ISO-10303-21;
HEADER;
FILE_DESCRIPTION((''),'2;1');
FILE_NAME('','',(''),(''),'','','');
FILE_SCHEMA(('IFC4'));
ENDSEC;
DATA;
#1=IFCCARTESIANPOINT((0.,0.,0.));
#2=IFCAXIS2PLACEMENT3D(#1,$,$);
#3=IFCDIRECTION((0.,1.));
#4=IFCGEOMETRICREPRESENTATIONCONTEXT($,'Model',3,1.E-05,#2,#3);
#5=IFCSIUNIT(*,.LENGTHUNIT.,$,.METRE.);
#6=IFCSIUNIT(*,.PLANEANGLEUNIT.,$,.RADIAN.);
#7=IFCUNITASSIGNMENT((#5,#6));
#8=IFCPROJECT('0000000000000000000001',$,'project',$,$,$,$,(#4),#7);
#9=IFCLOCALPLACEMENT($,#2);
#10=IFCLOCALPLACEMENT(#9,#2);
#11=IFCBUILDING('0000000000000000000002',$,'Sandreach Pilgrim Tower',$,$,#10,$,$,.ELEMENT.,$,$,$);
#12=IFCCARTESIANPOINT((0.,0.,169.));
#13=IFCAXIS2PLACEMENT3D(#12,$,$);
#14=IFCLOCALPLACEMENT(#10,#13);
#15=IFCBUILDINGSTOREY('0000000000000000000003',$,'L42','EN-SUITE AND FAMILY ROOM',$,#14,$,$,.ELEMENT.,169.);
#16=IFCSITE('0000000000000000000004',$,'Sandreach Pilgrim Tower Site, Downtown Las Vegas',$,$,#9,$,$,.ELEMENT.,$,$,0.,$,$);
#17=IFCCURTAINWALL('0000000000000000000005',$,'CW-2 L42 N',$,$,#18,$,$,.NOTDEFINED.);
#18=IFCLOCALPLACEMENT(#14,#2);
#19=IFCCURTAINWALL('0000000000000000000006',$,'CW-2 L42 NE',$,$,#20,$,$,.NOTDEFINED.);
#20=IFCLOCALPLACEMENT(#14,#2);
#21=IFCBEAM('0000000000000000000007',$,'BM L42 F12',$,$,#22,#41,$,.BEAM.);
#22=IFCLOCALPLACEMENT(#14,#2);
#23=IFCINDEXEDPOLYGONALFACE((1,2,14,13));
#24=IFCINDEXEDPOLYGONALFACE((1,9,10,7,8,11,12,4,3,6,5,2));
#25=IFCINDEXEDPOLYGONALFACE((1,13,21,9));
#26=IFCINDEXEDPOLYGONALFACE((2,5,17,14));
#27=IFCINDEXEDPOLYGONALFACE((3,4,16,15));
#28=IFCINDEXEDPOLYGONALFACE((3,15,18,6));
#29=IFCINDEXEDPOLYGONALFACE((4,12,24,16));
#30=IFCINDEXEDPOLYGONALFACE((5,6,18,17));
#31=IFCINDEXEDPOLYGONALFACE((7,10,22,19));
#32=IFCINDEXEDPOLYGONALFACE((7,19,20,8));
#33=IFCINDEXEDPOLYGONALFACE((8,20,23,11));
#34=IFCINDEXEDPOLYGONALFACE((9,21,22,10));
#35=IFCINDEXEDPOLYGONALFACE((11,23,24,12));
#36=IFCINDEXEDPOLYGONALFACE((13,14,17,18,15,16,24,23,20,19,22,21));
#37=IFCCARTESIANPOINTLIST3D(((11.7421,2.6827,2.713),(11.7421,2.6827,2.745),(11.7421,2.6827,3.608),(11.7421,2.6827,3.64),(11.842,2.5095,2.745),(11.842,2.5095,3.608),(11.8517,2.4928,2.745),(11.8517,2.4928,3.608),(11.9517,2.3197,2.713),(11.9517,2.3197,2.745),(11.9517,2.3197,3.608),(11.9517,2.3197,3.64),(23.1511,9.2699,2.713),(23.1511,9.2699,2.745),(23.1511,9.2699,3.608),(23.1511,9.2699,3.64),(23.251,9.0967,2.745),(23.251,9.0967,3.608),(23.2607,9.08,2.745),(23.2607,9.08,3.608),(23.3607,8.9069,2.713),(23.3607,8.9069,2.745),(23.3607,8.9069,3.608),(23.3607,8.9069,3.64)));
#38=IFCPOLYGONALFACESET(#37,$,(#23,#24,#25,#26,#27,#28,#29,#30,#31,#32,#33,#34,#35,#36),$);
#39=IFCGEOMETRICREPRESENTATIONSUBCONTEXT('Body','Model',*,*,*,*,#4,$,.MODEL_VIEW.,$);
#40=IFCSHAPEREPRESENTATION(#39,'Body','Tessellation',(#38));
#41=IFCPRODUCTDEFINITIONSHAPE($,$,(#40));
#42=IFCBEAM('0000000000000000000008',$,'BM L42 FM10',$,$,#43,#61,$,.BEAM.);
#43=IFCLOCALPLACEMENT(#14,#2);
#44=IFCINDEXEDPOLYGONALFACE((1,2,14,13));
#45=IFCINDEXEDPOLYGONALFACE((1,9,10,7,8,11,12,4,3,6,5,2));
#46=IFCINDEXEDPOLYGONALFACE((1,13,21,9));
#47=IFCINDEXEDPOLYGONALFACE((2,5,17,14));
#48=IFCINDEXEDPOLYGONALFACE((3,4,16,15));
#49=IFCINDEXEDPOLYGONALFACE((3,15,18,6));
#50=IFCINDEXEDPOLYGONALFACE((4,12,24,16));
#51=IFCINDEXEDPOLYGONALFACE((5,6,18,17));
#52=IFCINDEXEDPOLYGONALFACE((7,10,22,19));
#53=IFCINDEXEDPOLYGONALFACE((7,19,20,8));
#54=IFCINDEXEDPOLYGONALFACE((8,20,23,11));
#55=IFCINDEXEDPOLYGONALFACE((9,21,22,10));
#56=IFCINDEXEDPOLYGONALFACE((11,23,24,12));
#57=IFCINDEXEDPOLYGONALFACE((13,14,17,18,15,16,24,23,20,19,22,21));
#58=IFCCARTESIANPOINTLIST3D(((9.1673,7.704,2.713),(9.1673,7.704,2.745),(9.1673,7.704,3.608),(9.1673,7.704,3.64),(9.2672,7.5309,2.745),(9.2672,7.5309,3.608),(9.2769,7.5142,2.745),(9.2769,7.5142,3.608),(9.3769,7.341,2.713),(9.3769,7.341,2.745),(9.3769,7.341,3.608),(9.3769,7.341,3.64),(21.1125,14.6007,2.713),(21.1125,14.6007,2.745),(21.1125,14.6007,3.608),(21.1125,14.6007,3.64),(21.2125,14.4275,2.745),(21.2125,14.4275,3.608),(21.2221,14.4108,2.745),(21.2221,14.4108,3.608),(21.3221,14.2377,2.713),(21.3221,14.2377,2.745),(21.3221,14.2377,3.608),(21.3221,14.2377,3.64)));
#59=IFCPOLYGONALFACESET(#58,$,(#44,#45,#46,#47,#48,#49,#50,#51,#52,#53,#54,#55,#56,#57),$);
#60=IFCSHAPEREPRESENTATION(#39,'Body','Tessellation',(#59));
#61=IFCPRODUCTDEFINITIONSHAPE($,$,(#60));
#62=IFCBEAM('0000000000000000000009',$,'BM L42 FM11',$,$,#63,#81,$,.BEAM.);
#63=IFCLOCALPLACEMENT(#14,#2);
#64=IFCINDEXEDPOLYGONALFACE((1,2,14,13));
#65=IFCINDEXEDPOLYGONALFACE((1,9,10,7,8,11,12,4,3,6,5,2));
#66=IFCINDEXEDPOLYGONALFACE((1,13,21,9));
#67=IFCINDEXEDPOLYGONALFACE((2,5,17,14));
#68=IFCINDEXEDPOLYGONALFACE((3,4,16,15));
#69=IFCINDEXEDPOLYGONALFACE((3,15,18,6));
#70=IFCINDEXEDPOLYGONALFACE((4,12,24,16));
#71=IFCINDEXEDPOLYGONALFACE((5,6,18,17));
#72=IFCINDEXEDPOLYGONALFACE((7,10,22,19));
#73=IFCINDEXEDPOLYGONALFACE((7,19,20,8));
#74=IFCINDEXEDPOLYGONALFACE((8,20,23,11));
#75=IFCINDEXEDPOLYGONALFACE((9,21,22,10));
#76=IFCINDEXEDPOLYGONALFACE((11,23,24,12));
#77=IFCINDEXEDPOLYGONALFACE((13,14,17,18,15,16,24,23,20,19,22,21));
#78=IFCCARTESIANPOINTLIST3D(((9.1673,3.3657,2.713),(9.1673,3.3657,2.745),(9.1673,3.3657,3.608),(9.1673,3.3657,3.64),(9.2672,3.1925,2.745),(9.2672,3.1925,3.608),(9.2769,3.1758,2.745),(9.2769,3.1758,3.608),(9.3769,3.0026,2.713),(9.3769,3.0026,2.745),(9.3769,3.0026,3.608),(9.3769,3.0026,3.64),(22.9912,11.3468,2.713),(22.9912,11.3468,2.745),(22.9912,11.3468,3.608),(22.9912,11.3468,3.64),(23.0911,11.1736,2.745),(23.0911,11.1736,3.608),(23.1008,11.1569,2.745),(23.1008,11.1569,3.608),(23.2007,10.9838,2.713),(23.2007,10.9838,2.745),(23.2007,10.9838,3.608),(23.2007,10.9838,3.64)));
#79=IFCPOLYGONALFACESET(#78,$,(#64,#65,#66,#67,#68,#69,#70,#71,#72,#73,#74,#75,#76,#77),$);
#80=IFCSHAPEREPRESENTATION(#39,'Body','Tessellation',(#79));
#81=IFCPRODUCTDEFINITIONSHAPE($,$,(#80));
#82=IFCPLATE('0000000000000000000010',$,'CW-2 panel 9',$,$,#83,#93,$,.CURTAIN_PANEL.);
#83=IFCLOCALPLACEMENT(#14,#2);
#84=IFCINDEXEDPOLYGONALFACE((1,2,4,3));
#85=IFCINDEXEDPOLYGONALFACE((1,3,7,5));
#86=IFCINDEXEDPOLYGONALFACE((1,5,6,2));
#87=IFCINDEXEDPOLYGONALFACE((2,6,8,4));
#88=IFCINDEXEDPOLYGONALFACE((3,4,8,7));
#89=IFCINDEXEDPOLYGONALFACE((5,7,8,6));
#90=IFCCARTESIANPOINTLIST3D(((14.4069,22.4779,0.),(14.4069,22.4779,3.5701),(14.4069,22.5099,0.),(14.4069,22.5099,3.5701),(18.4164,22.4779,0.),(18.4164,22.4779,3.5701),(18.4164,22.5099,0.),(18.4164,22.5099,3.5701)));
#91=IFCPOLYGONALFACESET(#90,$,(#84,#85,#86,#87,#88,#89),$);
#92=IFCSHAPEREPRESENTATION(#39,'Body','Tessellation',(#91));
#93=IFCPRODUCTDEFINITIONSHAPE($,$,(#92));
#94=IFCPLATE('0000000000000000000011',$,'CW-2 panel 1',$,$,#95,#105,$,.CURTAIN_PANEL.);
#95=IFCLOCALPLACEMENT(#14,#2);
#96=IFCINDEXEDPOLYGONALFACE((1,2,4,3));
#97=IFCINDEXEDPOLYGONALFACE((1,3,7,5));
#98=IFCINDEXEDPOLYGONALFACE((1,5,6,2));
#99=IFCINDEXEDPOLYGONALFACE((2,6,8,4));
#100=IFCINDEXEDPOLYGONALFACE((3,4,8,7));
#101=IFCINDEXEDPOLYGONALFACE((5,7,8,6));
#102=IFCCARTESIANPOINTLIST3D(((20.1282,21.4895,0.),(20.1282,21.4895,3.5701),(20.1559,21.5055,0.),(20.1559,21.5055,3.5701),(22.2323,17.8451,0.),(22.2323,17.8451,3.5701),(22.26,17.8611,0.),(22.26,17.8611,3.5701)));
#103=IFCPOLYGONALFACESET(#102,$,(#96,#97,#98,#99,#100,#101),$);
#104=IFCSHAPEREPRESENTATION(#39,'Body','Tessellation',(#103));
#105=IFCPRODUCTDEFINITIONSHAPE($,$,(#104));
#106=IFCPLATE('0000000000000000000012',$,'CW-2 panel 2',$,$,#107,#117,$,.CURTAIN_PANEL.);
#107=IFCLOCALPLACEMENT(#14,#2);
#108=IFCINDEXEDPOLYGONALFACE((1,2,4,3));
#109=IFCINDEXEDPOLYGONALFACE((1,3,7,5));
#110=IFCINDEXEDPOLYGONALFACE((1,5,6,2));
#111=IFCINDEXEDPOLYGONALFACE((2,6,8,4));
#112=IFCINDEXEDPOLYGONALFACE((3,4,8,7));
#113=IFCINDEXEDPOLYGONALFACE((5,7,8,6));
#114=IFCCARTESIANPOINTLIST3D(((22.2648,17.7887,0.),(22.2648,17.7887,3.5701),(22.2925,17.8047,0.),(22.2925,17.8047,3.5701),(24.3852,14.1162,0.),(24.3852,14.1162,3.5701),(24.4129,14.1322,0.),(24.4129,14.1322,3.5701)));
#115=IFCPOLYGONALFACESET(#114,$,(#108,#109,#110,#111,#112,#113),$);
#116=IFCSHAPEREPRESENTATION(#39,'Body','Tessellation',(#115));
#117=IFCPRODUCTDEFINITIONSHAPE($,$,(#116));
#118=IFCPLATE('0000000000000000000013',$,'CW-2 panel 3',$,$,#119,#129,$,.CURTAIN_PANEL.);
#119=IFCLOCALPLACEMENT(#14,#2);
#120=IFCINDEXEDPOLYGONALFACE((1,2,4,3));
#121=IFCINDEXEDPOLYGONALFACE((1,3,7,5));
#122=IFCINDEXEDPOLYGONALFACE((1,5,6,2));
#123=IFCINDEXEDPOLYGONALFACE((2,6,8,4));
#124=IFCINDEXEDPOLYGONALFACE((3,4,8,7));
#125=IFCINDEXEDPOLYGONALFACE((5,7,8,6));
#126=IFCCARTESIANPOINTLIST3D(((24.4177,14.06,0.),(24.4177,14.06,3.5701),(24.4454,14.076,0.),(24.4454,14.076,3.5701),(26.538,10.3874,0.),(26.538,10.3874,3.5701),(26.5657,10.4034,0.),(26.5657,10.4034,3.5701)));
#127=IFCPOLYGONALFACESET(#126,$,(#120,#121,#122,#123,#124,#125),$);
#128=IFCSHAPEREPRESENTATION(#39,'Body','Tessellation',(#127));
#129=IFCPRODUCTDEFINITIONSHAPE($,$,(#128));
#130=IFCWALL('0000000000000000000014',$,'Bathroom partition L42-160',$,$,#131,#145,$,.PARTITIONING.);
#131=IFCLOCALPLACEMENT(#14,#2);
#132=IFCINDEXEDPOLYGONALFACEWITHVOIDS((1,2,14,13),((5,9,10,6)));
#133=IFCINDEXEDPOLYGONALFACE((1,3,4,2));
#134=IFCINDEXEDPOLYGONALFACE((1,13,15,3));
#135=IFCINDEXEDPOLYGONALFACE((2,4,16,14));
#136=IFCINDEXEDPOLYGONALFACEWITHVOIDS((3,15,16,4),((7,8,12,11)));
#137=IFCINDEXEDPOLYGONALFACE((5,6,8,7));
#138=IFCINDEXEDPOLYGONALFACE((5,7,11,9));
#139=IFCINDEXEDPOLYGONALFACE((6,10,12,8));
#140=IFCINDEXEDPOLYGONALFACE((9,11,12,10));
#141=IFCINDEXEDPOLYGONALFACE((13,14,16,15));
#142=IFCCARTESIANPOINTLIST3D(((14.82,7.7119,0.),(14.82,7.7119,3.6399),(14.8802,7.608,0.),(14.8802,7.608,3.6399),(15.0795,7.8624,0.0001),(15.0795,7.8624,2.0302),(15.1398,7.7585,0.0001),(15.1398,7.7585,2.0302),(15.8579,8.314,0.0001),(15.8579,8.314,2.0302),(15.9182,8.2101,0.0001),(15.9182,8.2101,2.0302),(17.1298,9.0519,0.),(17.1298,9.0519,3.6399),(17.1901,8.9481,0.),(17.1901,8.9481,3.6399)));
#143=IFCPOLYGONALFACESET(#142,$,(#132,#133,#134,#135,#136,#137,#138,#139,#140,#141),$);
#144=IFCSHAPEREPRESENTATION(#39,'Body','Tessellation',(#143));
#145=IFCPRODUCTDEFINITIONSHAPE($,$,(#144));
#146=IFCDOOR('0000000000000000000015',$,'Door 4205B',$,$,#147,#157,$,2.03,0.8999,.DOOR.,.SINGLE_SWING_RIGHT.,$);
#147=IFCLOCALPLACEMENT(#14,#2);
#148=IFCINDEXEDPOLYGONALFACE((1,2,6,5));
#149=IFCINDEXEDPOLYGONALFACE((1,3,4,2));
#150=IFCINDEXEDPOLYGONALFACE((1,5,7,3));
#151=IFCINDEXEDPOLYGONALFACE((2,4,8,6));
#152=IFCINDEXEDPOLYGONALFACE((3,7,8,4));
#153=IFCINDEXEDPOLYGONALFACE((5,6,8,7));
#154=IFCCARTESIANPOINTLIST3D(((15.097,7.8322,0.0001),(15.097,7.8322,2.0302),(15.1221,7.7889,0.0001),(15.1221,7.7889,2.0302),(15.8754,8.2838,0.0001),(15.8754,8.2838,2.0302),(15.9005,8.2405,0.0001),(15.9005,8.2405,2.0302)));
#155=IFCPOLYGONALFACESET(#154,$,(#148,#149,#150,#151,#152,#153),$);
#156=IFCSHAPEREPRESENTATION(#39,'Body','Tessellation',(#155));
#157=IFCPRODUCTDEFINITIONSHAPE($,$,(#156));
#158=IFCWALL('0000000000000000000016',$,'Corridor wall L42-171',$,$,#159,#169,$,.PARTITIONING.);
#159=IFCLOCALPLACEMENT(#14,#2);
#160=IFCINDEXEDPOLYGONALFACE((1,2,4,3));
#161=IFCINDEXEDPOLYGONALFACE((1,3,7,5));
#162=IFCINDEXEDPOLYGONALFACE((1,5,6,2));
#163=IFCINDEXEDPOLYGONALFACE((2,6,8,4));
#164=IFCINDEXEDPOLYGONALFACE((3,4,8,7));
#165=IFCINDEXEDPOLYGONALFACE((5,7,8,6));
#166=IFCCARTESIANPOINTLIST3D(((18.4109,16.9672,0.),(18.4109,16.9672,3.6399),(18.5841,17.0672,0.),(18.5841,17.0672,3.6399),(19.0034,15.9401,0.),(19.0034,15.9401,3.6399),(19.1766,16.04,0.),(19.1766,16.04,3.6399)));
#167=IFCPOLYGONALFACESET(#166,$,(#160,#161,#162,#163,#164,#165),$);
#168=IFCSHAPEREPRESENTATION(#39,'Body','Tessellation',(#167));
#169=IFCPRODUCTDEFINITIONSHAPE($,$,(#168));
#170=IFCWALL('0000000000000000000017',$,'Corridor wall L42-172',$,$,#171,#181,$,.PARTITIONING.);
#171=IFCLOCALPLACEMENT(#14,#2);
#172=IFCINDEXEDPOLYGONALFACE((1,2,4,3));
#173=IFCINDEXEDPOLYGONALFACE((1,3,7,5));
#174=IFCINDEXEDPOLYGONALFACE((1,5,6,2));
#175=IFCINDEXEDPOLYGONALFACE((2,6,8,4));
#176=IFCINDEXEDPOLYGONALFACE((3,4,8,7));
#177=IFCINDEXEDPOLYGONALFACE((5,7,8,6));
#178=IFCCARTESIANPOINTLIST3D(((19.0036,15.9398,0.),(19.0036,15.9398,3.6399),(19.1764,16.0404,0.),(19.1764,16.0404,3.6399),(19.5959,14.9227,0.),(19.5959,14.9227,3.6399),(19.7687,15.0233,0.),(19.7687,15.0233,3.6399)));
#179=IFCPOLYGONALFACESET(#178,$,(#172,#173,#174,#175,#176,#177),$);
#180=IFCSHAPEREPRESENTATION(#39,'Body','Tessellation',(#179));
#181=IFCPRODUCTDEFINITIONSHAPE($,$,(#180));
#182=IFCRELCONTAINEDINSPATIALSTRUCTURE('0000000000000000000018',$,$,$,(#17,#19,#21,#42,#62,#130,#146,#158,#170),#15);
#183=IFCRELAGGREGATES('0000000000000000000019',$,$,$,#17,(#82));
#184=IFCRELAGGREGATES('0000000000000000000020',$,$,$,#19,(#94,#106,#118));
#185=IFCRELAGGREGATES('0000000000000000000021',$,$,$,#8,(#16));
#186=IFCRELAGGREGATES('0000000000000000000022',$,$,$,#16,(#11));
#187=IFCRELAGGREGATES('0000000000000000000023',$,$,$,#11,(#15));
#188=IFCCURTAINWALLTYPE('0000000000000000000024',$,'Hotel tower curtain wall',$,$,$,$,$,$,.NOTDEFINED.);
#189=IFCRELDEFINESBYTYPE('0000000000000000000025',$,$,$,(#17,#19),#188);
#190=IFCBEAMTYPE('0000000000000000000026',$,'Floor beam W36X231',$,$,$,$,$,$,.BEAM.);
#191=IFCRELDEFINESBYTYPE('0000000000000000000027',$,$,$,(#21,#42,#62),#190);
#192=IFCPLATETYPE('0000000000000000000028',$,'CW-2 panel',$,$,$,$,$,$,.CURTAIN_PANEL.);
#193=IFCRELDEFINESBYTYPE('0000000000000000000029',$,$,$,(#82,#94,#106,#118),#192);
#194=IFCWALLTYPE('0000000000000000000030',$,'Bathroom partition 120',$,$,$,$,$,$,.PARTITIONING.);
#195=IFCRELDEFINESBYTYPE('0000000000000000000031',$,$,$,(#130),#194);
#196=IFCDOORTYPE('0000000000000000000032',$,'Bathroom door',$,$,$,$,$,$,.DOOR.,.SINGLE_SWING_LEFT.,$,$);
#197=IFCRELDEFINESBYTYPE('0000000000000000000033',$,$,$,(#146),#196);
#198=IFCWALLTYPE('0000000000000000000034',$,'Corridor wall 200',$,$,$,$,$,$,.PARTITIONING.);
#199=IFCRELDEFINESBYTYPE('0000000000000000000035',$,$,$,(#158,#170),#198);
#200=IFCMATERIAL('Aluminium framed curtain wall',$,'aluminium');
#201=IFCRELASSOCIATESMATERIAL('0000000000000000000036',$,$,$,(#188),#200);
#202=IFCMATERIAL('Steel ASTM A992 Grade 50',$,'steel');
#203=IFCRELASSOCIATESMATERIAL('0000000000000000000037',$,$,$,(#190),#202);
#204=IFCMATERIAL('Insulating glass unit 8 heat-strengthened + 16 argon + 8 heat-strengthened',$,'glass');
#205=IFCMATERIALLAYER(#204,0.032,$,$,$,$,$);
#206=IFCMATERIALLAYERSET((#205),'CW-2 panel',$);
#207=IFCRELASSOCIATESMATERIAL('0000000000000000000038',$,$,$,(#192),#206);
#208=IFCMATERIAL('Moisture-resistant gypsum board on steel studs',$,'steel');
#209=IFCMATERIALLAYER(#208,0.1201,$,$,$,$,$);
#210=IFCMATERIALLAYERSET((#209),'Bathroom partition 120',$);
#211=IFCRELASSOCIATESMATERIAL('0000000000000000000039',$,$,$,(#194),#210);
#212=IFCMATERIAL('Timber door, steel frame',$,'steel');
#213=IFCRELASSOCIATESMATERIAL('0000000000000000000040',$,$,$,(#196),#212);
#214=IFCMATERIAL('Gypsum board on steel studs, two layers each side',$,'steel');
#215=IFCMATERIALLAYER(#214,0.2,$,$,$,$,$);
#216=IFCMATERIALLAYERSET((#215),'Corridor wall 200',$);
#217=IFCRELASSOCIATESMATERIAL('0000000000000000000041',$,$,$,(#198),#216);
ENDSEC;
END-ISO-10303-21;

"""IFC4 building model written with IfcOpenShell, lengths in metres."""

from ifc_helpers import new_model, si_unit, direction, frame, frame_2d, origin, origin_2d, place, context, subcontext, project, spatial, rectangle, i_section, extrude, material, layer, layer_set, material_profile, profile_set, type_object, element, fill, aggregate, save


model = new_model("IFC4")

# Units and contexts
model_context = context("Model", 3, precision=1e-05, world=origin(), true_north=direction((0.0, 1.0)))
body_context = subcontext(model_context, "Body", "Model", "MODEL_VIEW")
ifc_project = project(units=[si_unit("LENGTHUNIT", "METRE"), si_unit("PLANEANGLEUNIT", "RADIAN")], contexts=[model_context])

# Site, building, storey
site_placement = place(None, origin())
site = spatial("IfcSite", under=ifc_project, at=site_placement, Name="Sandreach Pilgrim Tower Site, Downtown Las Vegas", CompositionType="ELEMENT", RefElevation=0.0)
building_placement = place(site_placement, origin())
building = spatial("IfcBuilding", under=site, at=building_placement, Name="Sandreach Pilgrim Tower", CompositionType="ELEMENT")
storey_placement = place(building_placement, frame((0.0, 0.0, 169.0)))
storey = spatial("IfcBuildingStorey", under=building, at=storey_placement, Name="L42", Description="EN-SUITE AND FAMILY ROOM", CompositionType="ELEMENT", Elevation=169.0)

# Curtain wall
ifc_material_1 = material(Name="Aluminium framed curtain wall", Category="aluminium")
curtain_wall_type = type_object("IfcCurtainWallType", Name="Hotel tower curtain wall", PredefinedType="NOTDEFINED", material=ifc_material_1)
curtain_wall_1_placement = place(storey_placement, origin())
curtain_wall_1 = element("IfcCurtainWall", 1, at=curtain_wall_1_placement, inside=storey, type_object=curtain_wall_type, Name="CW-2 L42 N", PredefinedType="NOTDEFINED")

# Curtain wall
curtain_wall_2_placement = place(storey_placement, origin())
curtain_wall_2 = element("IfcCurtainWall", 2, at=curtain_wall_2_placement, inside=storey, type_object=curtain_wall_type, Name="CW-2 L42 NE", PredefinedType="NOTDEFINED")

# Beams
ifc_material_2 = material(Name="Steel ASTM A992 Grade 50", Category="steel")
ifc_material_profile_1 = material_profile(ifc_material_2, i_section(OverallWidth=0.4192, OverallDepth=0.927, WebThickness=0.0193, FlangeThickness=0.032, at=origin_2d()), Name="W36X231")
ifc_profile_set_1 = profile_set([ifc_material_profile_1], Name="Steel ASTM A992 Grade 50")
beam_type_1 = type_object("IfcBeamType", Name="Floor beam W36X231", PredefinedType="BEAM", material=ifc_profile_set_1)
beam_1_placement = place(storey_placement, frame((23.2559, 9.0884, 3.1765), z_axis=(-0.866019, -0.500012, 0.0), x_axis=(0.500012, -0.866019, 0.0)))
element("IfcBeam", 3, at=beam_1_placement, inside=storey, type_object=beam_type_1, Name="BM L42 F12", PredefinedType="BEAM", context=body_context, shape_type="SweptSolid", body=[
    extrude(i_section(OverallWidth=0.4192, OverallDepth=0.927, WebThickness=0.0193, FlangeThickness=0.032, at=origin_2d()), origin(), (0.0, 0.0, 1.0), 13.1741),
])
beam_2_placement = place(storey_placement, frame((21.2173, 14.4192, 3.1765), z_axis=(-0.866022, -0.500005, 0.0), x_axis=(0.500005, -0.866022, 0.0)))
element("IfcBeam", 4, at=beam_2_placement, inside=storey, type_object=beam_type_1, Name="BM L42 FM10", PredefinedType="BEAM", context=body_context, shape_type="SweptSolid", body=[
    extrude(i_section(OverallWidth=0.4192, OverallDepth=0.927, WebThickness=0.0193, FlangeThickness=0.032, at=origin_2d()), origin(), (0.0, 0.0, 1.0), 13.7932),
])
beam_3_placement = place(storey_placement, frame((23.0959, 11.1653, 3.1765), z_axis=(-0.866027, -0.499997, 0.0), x_axis=(0.499997, -0.866027, 0.0)))
element("IfcBeam", 5, at=beam_3_placement, inside=storey, type_object=beam_type_1, Name="BM L42 FM11", PredefinedType="BEAM", context=body_context, shape_type="SweptSolid", body=[
    extrude(i_section(OverallWidth=0.4192, OverallDepth=0.927, WebThickness=0.0193, FlangeThickness=0.032, at=origin_2d()), origin(), (0.0, 0.0, 1.0), 15.9624),
])

# Plates
ifc_material_3 = material(Name="Insulating glass unit 8 heat-strengthened + 16 argon + 8 heat-strengthened", Category="glass")
ifc_layer_1 = layer(ifc_material_3, 0.032)
ifc_layer_set_1 = layer_set([ifc_layer_1], Name="CW-2 panel")
plate_type = type_object("IfcPlateType", Name="CW-2 panel", PredefinedType="CURTAIN_PANEL", material=ifc_layer_set_1)
plate_1_placement = place(storey_placement, frame((16.4116, 22.4939, 0.0), z_axis=(0.0, 0.0, 1.0), x_axis=(1.0, 0.0, 0.0)))
plate_1 = element("IfcPlate", 6, at=plate_1_placement, type_object=plate_type, Name="CW-2 panel 9", PredefinedType="CURTAIN_PANEL", context=body_context, shape_type="SweptSolid", body=[
    extrude(rectangle(XDim=4.0095, YDim=0.032, at=origin_2d()), origin(), (0.0, 0.0, 1.0), 3.5701),
])
aggregate(curtain_wall_1, [plate_1])
plate_2_placement = place(storey_placement, frame((21.1941, 19.6753, 0.0), z_axis=(0.0, 0.0, 1.0), x_axis=(0.5, -0.866025, 0.0)))
plate_2 = element("IfcPlate", 7, at=plate_2_placement, type_object=plate_type, Name="CW-2 panel 1", PredefinedType="CURTAIN_PANEL", context=body_context, shape_type="SweptSolid", body=[
    extrude(rectangle(XDim=4.2083, YDim=0.032, at=origin_2d()), origin(), (0.0, 0.0, 1.0), 3.5701),
])
plate_3_placement = place(storey_placement, frame((23.3389, 15.9604, 0.0), z_axis=(0.0, 0.0, 1.0), x_axis=(0.5, -0.866025, 0.0)))
plate_3 = element("IfcPlate", 8, at=plate_3_placement, type_object=plate_type, Name="CW-2 panel 2", PredefinedType="CURTAIN_PANEL", context=body_context, shape_type="SweptSolid", body=[
    extrude(rectangle(XDim=4.2407, YDim=0.032, at=origin_2d()), origin(), (0.0, 0.0, 1.0), 3.5701),
])
plate_4_placement = place(storey_placement, frame((25.4917, 12.2317, 0.0), z_axis=(0.0, 0.0, 1.0), x_axis=(0.5, -0.866025, 0.0)))
plate_4 = element("IfcPlate", 9, at=plate_4_placement, type_object=plate_type, Name="CW-2 panel 3", PredefinedType="CURTAIN_PANEL", context=body_context, shape_type="SweptSolid", body=[
    extrude(rectangle(XDim=4.2407, YDim=0.032, at=origin_2d()), origin(), (0.0, 0.0, 1.0), 3.5701),
])
aggregate(curtain_wall_2, [plate_2, plate_3, plate_4])

# Wall, opening, door
ifc_material_4 = material(Name="Moisture-resistant gypsum board on steel studs", Category="steel")
ifc_layer_2 = layer(ifc_material_4, 0.1201)
ifc_layer_set_2 = layer_set([ifc_layer_2], Name="Bathroom partition 120")
wall_type_1 = type_object("IfcWallType", Name="Bathroom partition 120", PredefinedType="PARTITIONING", material=ifc_layer_set_2)
wall_1_placement = place(storey_placement, frame((17.1599, 9.0, 0.0), z_axis=(0.0, 0.0, 1.0), x_axis=(-0.864967, -0.501829, 0.0)))
wall_1 = element("IfcWall", 10, at=wall_1_placement, inside=storey, type_object=wall_type_1, Name="Bathroom partition L42-160", PredefinedType="PARTITIONING", context=body_context, shape_type="SweptSolid", body=[
    extrude(rectangle(XDim=2.6704, YDim=0.1201, at=frame_2d((1.3352, 0.0))), origin(), (0.0, 0.0, 1.0), 3.6399),
])
opening_1_placement = place(wall_1_placement, frame((1.4705, 0.0, 0.0)))
opening_1 = element("IfcOpeningElement", 11, at=opening_1_placement, cuts=wall_1, PredefinedType="OPENING", context=body_context, shape_type="SweptSolid", body=[
    extrude(rectangle(XDim=0.8999, YDim=2.03, at=frame_2d((0.45, 1.0151))), frame((0.0, 0.0601, 0.0), z_axis=(0.0, -1.0, 0.0), x_axis=(1.0, 0.0, 0.0)), (0.0, 0.0, 1.0), 0.1201),
])
ifc_material_5 = material(Name="Timber door, steel frame", Category="steel")
door_type_1 = type_object("IfcDoorType", Name="Bathroom door", OperationType="SINGLE_SWING_LEFT", PredefinedType="DOOR", material=ifc_material_5)
door_1_placement = place(opening_1_placement, origin())
door_1 = element("IfcDoor", 12, at=door_1_placement, inside=storey, type_object=door_type_1, Name="Door 4205B", OperationType="SINGLE_SWING_RIGHT", OverallHeight=2.03, OverallWidth=0.8999, PredefinedType="DOOR", context=body_context, shape_type="SweptSolid", body=[
    extrude(rectangle(XDim=0.8999, YDim=2.03, at=frame_2d((0.45, 1.0151))), frame((0.0, 0.0249, 0.0), z_axis=(0.0, -1.0, 0.0), x_axis=(1.0, 0.0, 0.0)), (0.0, 0.0, 1.0), 0.05),
])
fill(opening_1, door_1)
ifc_material_6 = material(Name="Gypsum board on steel studs, two layers each side", Category="steel")
ifc_layer_3 = layer(ifc_material_6, 0.2)
ifc_layer_set_3 = layer_set([ifc_layer_3], Name="Corridor wall 200")
wall_type_2 = type_object("IfcWallType", Name="Corridor wall 200", PredefinedType="PARTITIONING", material=ifc_layer_set_3)

# Walls
wall_2_placement = place(storey_placement, frame((18.4976, 17.0171, 0.0), z_axis=(0.0, 0.0, 1.0), x_axis=(0.499705, -0.866196, 0.0)))
element("IfcWall", 13, at=wall_2_placement, inside=storey, type_object=wall_type_2, Name="Corridor wall L42-171", PredefinedType="PARTITIONING", context=body_context, shape_type="SweptSolid", body=[
    extrude(rectangle(XDim=1.1858, YDim=0.2, at=frame_2d((0.5928, 0.0))), origin(), (0.0, 0.0, 1.0), 3.6399),
])
wall_3_placement = place(storey_placement, frame((19.0901, 15.99, 0.0), z_axis=(0.0, 0.0, 1.0), x_axis=(0.503226, -0.864155, 0.0)))
element("IfcWall", 14, at=wall_3_placement, inside=storey, type_object=wall_type_2, Name="Corridor wall L42-172", PredefinedType="PARTITIONING", context=body_context, shape_type="SweptSolid", body=[
    extrude(rectangle(XDim=1.177, YDim=0.2, at=frame_2d((0.5884, 0.0))), origin(), (0.0, 0.0, 1.0), 3.6399),
])

save(model, "model.ifc")
